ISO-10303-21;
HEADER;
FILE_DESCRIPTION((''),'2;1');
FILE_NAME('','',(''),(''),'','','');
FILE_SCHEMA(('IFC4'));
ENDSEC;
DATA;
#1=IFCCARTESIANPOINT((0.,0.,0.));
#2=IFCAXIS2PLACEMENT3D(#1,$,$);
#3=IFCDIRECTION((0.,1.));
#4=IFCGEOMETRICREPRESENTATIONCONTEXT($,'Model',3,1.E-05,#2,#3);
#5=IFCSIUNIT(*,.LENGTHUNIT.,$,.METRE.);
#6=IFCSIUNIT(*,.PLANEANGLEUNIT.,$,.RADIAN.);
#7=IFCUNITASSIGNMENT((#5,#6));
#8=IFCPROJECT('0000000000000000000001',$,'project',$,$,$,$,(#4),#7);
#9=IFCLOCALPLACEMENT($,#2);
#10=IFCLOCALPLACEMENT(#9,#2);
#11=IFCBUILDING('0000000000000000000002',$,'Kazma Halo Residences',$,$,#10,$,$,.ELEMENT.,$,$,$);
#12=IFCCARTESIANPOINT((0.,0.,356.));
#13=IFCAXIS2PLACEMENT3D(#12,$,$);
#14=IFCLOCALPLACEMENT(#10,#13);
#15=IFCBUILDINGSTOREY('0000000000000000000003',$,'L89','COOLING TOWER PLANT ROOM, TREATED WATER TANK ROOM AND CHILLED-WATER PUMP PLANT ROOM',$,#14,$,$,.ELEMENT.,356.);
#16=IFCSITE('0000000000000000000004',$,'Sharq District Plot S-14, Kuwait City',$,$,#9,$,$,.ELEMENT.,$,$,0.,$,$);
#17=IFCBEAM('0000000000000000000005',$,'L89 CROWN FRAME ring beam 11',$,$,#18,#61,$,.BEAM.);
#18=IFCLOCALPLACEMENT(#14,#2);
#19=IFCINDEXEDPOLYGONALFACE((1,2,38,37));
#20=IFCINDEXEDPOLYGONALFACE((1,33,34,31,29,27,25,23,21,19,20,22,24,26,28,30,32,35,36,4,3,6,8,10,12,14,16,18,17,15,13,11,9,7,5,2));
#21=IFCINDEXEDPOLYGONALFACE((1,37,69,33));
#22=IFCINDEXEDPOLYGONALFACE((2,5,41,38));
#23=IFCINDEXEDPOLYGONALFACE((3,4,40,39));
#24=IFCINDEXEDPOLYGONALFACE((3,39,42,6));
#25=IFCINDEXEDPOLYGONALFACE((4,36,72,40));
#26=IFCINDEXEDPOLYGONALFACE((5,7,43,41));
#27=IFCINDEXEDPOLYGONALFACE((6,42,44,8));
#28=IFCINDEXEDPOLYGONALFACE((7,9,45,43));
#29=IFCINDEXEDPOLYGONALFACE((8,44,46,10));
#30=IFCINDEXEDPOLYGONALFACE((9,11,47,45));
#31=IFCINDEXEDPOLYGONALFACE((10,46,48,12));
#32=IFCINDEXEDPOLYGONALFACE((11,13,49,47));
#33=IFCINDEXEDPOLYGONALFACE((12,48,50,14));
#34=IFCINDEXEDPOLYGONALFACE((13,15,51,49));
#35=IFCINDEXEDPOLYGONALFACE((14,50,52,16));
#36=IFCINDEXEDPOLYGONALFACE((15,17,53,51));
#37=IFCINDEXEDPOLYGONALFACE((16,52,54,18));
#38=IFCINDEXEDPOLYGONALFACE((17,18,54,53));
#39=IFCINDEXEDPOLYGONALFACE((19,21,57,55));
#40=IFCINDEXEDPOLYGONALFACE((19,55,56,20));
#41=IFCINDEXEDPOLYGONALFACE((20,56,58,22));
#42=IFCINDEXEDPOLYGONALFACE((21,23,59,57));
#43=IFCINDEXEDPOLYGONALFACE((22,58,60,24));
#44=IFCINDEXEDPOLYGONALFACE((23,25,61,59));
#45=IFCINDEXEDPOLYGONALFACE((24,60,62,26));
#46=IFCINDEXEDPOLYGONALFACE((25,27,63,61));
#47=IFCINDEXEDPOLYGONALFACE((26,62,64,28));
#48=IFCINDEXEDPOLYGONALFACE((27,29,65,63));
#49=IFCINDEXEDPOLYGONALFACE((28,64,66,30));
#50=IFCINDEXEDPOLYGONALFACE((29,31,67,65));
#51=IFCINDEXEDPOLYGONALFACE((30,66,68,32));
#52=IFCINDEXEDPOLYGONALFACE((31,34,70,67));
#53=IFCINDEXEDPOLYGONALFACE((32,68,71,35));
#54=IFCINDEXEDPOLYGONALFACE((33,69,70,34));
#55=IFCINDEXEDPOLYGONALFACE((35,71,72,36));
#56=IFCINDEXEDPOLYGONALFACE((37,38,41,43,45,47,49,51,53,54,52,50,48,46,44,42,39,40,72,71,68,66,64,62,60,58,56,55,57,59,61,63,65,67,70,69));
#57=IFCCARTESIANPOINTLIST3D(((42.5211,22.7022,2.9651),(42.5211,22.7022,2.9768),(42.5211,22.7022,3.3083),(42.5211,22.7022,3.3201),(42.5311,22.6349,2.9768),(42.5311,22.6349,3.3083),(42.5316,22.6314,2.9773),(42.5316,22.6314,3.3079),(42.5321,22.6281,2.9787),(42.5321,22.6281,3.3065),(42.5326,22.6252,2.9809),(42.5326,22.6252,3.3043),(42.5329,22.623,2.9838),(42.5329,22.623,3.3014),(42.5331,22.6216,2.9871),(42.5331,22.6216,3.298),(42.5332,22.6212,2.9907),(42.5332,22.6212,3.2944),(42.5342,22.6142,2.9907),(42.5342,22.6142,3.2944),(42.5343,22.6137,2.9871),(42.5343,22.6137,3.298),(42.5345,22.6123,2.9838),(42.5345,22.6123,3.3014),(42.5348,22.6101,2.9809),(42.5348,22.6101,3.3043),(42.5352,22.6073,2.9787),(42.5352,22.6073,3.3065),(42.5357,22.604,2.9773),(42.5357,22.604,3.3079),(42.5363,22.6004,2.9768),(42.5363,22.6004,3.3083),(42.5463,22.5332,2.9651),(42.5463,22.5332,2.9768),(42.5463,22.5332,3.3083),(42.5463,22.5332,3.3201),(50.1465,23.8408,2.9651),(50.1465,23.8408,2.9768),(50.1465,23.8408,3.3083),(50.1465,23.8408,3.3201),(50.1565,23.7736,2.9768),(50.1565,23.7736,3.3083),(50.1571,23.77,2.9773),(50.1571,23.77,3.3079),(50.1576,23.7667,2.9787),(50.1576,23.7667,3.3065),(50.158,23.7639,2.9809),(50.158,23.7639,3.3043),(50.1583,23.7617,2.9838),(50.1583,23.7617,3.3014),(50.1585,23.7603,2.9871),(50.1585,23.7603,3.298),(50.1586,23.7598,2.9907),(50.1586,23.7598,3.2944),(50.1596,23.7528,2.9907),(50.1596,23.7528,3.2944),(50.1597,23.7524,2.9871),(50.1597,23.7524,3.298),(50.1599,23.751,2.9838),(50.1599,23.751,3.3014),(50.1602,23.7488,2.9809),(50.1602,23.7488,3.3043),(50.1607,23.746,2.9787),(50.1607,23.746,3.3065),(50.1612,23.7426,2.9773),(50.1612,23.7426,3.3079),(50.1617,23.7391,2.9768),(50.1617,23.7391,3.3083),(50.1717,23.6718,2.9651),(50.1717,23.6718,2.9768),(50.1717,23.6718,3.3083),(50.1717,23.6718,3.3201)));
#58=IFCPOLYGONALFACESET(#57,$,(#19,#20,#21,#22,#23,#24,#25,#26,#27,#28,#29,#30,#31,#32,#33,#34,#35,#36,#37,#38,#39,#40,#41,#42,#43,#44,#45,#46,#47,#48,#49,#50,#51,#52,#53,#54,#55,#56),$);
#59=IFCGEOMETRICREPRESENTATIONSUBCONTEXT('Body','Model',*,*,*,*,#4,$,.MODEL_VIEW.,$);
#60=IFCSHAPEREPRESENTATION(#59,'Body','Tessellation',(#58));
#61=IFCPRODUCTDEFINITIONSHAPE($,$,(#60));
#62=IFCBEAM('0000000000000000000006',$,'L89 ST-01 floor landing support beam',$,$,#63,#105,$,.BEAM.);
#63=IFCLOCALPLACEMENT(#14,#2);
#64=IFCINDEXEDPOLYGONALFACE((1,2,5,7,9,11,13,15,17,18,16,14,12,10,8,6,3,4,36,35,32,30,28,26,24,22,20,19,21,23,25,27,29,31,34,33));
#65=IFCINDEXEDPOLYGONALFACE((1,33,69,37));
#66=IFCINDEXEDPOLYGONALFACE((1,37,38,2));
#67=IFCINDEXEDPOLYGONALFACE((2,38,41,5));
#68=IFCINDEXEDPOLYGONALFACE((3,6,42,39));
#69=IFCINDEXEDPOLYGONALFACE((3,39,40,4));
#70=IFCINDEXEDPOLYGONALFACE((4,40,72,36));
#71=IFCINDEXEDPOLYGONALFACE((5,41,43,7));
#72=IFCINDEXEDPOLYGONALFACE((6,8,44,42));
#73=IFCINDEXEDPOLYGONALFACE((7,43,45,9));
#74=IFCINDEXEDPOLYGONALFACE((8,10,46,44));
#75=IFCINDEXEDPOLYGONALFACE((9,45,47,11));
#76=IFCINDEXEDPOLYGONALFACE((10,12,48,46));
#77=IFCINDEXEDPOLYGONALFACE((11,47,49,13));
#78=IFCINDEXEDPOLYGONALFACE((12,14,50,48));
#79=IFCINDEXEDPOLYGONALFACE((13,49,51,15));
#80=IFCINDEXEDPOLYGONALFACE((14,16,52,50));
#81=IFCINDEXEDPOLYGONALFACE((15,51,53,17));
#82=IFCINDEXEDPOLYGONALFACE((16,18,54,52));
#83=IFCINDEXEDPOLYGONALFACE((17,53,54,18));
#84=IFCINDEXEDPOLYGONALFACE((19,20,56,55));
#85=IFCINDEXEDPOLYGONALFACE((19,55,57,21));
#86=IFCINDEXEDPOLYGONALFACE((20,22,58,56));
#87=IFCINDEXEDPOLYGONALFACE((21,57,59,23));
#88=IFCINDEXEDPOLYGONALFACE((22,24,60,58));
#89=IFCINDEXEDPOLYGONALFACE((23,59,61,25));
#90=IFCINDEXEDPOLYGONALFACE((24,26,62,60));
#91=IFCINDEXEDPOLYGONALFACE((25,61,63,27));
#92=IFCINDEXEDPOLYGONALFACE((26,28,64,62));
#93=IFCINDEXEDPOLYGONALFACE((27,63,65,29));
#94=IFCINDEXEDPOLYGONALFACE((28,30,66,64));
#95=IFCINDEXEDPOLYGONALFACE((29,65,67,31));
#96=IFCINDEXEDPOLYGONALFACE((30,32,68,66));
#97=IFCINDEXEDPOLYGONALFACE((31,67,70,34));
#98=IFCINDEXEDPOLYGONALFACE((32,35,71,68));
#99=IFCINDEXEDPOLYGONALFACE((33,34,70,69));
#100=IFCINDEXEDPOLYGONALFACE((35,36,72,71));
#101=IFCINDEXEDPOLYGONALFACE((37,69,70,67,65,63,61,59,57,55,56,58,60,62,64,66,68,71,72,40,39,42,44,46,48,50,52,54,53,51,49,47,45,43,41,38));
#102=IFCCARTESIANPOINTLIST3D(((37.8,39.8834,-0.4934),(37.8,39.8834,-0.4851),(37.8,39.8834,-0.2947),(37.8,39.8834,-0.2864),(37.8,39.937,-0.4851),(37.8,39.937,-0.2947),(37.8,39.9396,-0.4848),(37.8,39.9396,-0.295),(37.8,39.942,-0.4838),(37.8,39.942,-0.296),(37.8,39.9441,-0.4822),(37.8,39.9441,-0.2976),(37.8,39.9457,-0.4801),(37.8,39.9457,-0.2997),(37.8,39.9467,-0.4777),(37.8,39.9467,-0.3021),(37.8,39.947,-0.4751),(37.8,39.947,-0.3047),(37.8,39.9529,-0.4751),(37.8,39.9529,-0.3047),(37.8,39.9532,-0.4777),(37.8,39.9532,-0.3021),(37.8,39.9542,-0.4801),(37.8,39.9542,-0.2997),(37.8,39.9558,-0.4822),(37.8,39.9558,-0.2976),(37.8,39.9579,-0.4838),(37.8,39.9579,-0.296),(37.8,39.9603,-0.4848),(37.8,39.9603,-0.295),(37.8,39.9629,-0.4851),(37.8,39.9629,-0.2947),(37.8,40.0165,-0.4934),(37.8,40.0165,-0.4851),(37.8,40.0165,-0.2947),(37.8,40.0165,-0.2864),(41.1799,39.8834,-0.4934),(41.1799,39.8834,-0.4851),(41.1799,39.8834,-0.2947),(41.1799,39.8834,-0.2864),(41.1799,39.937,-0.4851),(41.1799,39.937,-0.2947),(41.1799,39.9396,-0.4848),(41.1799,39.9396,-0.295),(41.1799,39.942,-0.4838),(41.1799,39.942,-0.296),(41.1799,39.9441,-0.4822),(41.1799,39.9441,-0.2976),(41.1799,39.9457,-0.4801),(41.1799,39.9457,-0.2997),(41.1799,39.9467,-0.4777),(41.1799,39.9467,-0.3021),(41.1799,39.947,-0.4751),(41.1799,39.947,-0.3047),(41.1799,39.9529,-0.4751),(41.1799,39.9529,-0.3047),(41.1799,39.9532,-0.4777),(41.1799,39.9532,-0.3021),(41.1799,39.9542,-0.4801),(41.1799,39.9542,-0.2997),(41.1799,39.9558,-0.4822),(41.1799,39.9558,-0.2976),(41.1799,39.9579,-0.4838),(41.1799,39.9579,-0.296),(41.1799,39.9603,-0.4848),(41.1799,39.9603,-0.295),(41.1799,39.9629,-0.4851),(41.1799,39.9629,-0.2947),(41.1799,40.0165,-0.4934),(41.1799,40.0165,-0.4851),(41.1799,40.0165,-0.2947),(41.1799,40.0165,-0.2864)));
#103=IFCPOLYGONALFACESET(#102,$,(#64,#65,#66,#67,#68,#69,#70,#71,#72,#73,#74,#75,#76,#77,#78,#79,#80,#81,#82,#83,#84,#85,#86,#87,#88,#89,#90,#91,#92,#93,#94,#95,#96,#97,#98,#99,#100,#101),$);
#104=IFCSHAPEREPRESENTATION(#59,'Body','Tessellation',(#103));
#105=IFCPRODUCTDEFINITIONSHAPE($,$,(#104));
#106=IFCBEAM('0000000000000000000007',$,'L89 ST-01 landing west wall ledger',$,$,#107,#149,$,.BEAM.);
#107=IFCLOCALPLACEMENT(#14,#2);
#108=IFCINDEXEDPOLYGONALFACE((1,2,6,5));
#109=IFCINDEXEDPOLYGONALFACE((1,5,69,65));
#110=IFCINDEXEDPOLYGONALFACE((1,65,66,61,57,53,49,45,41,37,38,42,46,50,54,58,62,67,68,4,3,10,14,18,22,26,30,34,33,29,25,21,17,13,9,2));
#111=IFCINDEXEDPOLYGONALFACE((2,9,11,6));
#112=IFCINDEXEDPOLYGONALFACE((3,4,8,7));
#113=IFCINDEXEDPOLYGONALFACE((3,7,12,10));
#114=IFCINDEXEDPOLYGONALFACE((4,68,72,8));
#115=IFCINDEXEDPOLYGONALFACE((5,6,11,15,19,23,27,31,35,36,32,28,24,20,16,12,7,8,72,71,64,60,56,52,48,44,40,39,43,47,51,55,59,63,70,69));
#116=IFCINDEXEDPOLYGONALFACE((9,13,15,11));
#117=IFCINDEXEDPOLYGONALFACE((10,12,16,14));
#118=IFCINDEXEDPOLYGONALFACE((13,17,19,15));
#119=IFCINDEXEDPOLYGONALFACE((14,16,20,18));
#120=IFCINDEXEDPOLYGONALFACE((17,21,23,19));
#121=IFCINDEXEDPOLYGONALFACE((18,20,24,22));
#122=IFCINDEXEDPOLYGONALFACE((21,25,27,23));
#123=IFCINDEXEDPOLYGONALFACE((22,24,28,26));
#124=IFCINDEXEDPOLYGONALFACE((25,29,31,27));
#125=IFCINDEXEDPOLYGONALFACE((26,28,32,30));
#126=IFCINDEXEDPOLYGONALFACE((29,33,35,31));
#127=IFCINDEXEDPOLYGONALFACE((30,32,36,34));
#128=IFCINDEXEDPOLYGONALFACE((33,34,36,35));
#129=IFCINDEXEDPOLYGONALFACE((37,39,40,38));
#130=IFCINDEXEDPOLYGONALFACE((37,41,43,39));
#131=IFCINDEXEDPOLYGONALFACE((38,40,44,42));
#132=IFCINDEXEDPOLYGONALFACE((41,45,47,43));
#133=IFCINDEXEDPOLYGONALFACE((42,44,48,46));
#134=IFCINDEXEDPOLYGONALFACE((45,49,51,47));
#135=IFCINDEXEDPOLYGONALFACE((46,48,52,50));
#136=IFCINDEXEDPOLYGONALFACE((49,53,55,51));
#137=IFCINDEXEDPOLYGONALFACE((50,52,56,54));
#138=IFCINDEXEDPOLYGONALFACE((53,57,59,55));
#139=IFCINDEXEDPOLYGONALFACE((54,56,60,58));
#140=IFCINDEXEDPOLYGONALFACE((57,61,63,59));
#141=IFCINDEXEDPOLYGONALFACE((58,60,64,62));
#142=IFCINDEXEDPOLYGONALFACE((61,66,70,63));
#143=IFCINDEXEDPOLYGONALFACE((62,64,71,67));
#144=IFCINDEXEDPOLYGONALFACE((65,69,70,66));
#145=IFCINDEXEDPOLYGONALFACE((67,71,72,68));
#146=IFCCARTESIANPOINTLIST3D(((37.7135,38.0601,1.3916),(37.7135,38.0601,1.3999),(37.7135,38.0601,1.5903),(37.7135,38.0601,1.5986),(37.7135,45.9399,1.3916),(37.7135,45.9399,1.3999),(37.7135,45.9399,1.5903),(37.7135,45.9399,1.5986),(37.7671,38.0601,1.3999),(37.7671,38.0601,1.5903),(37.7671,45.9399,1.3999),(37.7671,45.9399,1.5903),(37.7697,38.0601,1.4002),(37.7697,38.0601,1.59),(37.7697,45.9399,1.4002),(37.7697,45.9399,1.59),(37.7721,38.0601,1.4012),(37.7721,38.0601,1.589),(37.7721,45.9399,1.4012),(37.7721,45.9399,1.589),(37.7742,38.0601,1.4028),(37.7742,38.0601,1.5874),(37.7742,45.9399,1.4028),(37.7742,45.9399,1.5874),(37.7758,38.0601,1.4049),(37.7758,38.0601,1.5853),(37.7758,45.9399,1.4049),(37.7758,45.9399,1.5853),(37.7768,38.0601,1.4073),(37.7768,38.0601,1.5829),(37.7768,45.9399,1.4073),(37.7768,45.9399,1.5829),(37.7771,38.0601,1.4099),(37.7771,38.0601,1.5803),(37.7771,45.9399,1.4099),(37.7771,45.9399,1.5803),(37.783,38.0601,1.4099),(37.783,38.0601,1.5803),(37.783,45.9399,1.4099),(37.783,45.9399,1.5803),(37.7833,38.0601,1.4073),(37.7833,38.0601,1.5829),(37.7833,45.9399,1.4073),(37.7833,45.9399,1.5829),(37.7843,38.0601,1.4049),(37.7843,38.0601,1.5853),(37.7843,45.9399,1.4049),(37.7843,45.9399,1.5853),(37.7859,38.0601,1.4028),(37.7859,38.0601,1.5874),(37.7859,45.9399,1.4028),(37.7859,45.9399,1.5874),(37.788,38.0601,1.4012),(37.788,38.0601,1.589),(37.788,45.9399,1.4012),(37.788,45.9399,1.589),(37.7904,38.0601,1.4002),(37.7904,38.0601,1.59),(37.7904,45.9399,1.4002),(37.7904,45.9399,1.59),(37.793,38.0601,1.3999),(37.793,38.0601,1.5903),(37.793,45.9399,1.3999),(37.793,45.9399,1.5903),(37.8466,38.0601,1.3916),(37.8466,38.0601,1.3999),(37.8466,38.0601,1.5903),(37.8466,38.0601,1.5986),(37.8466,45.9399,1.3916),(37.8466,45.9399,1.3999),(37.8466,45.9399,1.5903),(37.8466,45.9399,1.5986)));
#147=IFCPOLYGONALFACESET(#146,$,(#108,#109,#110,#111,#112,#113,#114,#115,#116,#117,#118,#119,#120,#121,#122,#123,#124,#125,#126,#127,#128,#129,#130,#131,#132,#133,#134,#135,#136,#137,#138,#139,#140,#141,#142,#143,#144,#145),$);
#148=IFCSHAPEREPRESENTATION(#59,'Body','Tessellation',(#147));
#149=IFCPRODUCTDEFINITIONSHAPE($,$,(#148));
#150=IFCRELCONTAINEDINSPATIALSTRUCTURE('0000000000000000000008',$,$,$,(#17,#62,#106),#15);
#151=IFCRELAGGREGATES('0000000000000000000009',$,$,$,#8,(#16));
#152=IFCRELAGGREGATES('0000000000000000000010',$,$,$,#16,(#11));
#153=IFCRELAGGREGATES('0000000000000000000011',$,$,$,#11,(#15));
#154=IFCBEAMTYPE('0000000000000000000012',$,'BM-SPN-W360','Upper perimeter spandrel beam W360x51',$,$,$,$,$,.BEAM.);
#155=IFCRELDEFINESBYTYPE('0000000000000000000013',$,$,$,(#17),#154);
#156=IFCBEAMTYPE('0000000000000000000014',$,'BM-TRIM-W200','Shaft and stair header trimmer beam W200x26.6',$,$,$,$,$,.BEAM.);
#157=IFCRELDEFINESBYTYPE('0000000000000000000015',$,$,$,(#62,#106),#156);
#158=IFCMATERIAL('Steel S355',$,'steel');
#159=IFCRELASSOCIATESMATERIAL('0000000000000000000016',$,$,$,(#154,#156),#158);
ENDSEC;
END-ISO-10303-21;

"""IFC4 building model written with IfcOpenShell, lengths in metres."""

from ifc_helpers import new_model, si_unit, direction, frame, origin, origin_2d, place, context, subcontext, project, spatial, i_section, extrude, material, material_profile, profile_set, type_object, element, save


model = new_model("IFC4")

# Units and contexts
model_context = context("Model", 3, precision=1e-05, world=origin(), true_north=direction((0.0, 1.0)))
body_context = subcontext(model_context, "Body", "Model", "MODEL_VIEW")
ifc_project = project(units=[si_unit("LENGTHUNIT", "METRE"), si_unit("PLANEANGLEUNIT", "RADIAN")], contexts=[model_context])

# Site, building, storey
site_placement = place(None, origin())
site = spatial("IfcSite", under=ifc_project, at=site_placement, Name="Sharq District Plot S-14, Kuwait City", CompositionType="ELEMENT", RefElevation=0.0)
building_placement = place(site_placement, origin())
building = spatial("IfcBuilding", under=site, at=building_placement, Name="Kazma Halo Residences", CompositionType="ELEMENT")
storey_placement = place(building_placement, frame((0.0, 0.0, 356.0)))
storey = spatial("IfcBuildingStorey", under=building, at=storey_placement, Name="L89", Description="COOLING TOWER PLANT ROOM, TREATED WATER TANK ROOM AND CHILLED-WATER PUMP PLANT ROOM", CompositionType="ELEMENT", Elevation=356.0)

# Shared definitions
ifc_material_1 = material(Name="Steel S355", Category="steel")

# Beams
ifc_material_profile_1 = material_profile(ifc_material_1, i_section(OverallWidth=0.1709, OverallDepth=0.355, WebThickness=0.0071, FlangeThickness=0.0117, FilletRadius=0.0139, at=origin_2d()), Name="W360x51")
ifc_profile_set_1 = profile_set([ifc_material_profile_1], Name="Steel S355")
beam_type_1 = type_object("IfcBeamType", Name="BM-SPN-W360", Description="Upper perimeter spandrel beam W360x51", PredefinedType="BEAM", material=ifc_profile_set_1)
beam_1_placement = place(storey_placement, frame((42.5337, 22.6177, 3.1426), z_axis=(0.989034, 0.147687, 0.0), x_axis=(-0.147687, 0.989034, 0.0)))
element("IfcBeam", 1, at=beam_1_placement, inside=storey, type_object=beam_type_1, Name="L89 CROWN FRAME ring beam 11", PredefinedType="BEAM", context=body_context, shape_type="SweptSolid", body=[
    extrude(i_section(OverallWidth=0.1709, OverallDepth=0.355, WebThickness=0.0071, FlangeThickness=0.0117, FilletRadius=0.0139, at=origin_2d()), origin(), (0.0, 0.0, 1.0), 7.71),
])
ifc_material_profile_2 = material_profile(ifc_material_1, i_section(OverallWidth=0.1331, OverallDepth=0.207, WebThickness=0.0059, FlangeThickness=0.0083, FilletRadius=0.01, at=origin_2d()), Name="W200x26.6")
ifc_profile_set_2 = profile_set([ifc_material_profile_2], Name="Steel S355")
beam_type_2 = type_object("IfcBeamType", Name="BM-TRIM-W200", Description="Shaft and stair header trimmer beam W200x26.6", PredefinedType="BEAM", material=ifc_profile_set_2)
beam_2_placement = place(storey_placement, frame((37.8, 39.95, -0.3899), z_axis=(1.0, 0.0, 0.0), x_axis=(0.0, 1.0, 0.0)))
element("IfcBeam", 2, at=beam_2_placement, inside=storey, type_object=beam_type_2, Name="L89 ST-01 floor landing support beam", PredefinedType="BEAM", context=body_context, shape_type="SweptSolid", body=[
    extrude(i_section(OverallWidth=0.1331, OverallDepth=0.207, WebThickness=0.0059, FlangeThickness=0.0083, FilletRadius=0.01, at=origin_2d()), origin(), (0.0, 0.0, 1.0), 3.3799),
])
beam_3_placement = place(storey_placement, frame((37.78, 38.0601, 1.4951), z_axis=(0.0, 1.0, 0.0), x_axis=(-1.0, 0.0, 0.0)))
element("IfcBeam", 3, at=beam_3_placement, inside=storey, type_object=beam_type_2, Name="L89 ST-01 landing west wall ledger", PredefinedType="BEAM", context=body_context, shape_type="SweptSolid", body=[
    extrude(i_section(OverallWidth=0.1331, OverallDepth=0.207, WebThickness=0.0059, FlangeThickness=0.0083, FilletRadius=0.01, at=origin_2d()), origin(), (0.0, 0.0, 1.0), 7.8799),
])

save(model, "model.ifc")
